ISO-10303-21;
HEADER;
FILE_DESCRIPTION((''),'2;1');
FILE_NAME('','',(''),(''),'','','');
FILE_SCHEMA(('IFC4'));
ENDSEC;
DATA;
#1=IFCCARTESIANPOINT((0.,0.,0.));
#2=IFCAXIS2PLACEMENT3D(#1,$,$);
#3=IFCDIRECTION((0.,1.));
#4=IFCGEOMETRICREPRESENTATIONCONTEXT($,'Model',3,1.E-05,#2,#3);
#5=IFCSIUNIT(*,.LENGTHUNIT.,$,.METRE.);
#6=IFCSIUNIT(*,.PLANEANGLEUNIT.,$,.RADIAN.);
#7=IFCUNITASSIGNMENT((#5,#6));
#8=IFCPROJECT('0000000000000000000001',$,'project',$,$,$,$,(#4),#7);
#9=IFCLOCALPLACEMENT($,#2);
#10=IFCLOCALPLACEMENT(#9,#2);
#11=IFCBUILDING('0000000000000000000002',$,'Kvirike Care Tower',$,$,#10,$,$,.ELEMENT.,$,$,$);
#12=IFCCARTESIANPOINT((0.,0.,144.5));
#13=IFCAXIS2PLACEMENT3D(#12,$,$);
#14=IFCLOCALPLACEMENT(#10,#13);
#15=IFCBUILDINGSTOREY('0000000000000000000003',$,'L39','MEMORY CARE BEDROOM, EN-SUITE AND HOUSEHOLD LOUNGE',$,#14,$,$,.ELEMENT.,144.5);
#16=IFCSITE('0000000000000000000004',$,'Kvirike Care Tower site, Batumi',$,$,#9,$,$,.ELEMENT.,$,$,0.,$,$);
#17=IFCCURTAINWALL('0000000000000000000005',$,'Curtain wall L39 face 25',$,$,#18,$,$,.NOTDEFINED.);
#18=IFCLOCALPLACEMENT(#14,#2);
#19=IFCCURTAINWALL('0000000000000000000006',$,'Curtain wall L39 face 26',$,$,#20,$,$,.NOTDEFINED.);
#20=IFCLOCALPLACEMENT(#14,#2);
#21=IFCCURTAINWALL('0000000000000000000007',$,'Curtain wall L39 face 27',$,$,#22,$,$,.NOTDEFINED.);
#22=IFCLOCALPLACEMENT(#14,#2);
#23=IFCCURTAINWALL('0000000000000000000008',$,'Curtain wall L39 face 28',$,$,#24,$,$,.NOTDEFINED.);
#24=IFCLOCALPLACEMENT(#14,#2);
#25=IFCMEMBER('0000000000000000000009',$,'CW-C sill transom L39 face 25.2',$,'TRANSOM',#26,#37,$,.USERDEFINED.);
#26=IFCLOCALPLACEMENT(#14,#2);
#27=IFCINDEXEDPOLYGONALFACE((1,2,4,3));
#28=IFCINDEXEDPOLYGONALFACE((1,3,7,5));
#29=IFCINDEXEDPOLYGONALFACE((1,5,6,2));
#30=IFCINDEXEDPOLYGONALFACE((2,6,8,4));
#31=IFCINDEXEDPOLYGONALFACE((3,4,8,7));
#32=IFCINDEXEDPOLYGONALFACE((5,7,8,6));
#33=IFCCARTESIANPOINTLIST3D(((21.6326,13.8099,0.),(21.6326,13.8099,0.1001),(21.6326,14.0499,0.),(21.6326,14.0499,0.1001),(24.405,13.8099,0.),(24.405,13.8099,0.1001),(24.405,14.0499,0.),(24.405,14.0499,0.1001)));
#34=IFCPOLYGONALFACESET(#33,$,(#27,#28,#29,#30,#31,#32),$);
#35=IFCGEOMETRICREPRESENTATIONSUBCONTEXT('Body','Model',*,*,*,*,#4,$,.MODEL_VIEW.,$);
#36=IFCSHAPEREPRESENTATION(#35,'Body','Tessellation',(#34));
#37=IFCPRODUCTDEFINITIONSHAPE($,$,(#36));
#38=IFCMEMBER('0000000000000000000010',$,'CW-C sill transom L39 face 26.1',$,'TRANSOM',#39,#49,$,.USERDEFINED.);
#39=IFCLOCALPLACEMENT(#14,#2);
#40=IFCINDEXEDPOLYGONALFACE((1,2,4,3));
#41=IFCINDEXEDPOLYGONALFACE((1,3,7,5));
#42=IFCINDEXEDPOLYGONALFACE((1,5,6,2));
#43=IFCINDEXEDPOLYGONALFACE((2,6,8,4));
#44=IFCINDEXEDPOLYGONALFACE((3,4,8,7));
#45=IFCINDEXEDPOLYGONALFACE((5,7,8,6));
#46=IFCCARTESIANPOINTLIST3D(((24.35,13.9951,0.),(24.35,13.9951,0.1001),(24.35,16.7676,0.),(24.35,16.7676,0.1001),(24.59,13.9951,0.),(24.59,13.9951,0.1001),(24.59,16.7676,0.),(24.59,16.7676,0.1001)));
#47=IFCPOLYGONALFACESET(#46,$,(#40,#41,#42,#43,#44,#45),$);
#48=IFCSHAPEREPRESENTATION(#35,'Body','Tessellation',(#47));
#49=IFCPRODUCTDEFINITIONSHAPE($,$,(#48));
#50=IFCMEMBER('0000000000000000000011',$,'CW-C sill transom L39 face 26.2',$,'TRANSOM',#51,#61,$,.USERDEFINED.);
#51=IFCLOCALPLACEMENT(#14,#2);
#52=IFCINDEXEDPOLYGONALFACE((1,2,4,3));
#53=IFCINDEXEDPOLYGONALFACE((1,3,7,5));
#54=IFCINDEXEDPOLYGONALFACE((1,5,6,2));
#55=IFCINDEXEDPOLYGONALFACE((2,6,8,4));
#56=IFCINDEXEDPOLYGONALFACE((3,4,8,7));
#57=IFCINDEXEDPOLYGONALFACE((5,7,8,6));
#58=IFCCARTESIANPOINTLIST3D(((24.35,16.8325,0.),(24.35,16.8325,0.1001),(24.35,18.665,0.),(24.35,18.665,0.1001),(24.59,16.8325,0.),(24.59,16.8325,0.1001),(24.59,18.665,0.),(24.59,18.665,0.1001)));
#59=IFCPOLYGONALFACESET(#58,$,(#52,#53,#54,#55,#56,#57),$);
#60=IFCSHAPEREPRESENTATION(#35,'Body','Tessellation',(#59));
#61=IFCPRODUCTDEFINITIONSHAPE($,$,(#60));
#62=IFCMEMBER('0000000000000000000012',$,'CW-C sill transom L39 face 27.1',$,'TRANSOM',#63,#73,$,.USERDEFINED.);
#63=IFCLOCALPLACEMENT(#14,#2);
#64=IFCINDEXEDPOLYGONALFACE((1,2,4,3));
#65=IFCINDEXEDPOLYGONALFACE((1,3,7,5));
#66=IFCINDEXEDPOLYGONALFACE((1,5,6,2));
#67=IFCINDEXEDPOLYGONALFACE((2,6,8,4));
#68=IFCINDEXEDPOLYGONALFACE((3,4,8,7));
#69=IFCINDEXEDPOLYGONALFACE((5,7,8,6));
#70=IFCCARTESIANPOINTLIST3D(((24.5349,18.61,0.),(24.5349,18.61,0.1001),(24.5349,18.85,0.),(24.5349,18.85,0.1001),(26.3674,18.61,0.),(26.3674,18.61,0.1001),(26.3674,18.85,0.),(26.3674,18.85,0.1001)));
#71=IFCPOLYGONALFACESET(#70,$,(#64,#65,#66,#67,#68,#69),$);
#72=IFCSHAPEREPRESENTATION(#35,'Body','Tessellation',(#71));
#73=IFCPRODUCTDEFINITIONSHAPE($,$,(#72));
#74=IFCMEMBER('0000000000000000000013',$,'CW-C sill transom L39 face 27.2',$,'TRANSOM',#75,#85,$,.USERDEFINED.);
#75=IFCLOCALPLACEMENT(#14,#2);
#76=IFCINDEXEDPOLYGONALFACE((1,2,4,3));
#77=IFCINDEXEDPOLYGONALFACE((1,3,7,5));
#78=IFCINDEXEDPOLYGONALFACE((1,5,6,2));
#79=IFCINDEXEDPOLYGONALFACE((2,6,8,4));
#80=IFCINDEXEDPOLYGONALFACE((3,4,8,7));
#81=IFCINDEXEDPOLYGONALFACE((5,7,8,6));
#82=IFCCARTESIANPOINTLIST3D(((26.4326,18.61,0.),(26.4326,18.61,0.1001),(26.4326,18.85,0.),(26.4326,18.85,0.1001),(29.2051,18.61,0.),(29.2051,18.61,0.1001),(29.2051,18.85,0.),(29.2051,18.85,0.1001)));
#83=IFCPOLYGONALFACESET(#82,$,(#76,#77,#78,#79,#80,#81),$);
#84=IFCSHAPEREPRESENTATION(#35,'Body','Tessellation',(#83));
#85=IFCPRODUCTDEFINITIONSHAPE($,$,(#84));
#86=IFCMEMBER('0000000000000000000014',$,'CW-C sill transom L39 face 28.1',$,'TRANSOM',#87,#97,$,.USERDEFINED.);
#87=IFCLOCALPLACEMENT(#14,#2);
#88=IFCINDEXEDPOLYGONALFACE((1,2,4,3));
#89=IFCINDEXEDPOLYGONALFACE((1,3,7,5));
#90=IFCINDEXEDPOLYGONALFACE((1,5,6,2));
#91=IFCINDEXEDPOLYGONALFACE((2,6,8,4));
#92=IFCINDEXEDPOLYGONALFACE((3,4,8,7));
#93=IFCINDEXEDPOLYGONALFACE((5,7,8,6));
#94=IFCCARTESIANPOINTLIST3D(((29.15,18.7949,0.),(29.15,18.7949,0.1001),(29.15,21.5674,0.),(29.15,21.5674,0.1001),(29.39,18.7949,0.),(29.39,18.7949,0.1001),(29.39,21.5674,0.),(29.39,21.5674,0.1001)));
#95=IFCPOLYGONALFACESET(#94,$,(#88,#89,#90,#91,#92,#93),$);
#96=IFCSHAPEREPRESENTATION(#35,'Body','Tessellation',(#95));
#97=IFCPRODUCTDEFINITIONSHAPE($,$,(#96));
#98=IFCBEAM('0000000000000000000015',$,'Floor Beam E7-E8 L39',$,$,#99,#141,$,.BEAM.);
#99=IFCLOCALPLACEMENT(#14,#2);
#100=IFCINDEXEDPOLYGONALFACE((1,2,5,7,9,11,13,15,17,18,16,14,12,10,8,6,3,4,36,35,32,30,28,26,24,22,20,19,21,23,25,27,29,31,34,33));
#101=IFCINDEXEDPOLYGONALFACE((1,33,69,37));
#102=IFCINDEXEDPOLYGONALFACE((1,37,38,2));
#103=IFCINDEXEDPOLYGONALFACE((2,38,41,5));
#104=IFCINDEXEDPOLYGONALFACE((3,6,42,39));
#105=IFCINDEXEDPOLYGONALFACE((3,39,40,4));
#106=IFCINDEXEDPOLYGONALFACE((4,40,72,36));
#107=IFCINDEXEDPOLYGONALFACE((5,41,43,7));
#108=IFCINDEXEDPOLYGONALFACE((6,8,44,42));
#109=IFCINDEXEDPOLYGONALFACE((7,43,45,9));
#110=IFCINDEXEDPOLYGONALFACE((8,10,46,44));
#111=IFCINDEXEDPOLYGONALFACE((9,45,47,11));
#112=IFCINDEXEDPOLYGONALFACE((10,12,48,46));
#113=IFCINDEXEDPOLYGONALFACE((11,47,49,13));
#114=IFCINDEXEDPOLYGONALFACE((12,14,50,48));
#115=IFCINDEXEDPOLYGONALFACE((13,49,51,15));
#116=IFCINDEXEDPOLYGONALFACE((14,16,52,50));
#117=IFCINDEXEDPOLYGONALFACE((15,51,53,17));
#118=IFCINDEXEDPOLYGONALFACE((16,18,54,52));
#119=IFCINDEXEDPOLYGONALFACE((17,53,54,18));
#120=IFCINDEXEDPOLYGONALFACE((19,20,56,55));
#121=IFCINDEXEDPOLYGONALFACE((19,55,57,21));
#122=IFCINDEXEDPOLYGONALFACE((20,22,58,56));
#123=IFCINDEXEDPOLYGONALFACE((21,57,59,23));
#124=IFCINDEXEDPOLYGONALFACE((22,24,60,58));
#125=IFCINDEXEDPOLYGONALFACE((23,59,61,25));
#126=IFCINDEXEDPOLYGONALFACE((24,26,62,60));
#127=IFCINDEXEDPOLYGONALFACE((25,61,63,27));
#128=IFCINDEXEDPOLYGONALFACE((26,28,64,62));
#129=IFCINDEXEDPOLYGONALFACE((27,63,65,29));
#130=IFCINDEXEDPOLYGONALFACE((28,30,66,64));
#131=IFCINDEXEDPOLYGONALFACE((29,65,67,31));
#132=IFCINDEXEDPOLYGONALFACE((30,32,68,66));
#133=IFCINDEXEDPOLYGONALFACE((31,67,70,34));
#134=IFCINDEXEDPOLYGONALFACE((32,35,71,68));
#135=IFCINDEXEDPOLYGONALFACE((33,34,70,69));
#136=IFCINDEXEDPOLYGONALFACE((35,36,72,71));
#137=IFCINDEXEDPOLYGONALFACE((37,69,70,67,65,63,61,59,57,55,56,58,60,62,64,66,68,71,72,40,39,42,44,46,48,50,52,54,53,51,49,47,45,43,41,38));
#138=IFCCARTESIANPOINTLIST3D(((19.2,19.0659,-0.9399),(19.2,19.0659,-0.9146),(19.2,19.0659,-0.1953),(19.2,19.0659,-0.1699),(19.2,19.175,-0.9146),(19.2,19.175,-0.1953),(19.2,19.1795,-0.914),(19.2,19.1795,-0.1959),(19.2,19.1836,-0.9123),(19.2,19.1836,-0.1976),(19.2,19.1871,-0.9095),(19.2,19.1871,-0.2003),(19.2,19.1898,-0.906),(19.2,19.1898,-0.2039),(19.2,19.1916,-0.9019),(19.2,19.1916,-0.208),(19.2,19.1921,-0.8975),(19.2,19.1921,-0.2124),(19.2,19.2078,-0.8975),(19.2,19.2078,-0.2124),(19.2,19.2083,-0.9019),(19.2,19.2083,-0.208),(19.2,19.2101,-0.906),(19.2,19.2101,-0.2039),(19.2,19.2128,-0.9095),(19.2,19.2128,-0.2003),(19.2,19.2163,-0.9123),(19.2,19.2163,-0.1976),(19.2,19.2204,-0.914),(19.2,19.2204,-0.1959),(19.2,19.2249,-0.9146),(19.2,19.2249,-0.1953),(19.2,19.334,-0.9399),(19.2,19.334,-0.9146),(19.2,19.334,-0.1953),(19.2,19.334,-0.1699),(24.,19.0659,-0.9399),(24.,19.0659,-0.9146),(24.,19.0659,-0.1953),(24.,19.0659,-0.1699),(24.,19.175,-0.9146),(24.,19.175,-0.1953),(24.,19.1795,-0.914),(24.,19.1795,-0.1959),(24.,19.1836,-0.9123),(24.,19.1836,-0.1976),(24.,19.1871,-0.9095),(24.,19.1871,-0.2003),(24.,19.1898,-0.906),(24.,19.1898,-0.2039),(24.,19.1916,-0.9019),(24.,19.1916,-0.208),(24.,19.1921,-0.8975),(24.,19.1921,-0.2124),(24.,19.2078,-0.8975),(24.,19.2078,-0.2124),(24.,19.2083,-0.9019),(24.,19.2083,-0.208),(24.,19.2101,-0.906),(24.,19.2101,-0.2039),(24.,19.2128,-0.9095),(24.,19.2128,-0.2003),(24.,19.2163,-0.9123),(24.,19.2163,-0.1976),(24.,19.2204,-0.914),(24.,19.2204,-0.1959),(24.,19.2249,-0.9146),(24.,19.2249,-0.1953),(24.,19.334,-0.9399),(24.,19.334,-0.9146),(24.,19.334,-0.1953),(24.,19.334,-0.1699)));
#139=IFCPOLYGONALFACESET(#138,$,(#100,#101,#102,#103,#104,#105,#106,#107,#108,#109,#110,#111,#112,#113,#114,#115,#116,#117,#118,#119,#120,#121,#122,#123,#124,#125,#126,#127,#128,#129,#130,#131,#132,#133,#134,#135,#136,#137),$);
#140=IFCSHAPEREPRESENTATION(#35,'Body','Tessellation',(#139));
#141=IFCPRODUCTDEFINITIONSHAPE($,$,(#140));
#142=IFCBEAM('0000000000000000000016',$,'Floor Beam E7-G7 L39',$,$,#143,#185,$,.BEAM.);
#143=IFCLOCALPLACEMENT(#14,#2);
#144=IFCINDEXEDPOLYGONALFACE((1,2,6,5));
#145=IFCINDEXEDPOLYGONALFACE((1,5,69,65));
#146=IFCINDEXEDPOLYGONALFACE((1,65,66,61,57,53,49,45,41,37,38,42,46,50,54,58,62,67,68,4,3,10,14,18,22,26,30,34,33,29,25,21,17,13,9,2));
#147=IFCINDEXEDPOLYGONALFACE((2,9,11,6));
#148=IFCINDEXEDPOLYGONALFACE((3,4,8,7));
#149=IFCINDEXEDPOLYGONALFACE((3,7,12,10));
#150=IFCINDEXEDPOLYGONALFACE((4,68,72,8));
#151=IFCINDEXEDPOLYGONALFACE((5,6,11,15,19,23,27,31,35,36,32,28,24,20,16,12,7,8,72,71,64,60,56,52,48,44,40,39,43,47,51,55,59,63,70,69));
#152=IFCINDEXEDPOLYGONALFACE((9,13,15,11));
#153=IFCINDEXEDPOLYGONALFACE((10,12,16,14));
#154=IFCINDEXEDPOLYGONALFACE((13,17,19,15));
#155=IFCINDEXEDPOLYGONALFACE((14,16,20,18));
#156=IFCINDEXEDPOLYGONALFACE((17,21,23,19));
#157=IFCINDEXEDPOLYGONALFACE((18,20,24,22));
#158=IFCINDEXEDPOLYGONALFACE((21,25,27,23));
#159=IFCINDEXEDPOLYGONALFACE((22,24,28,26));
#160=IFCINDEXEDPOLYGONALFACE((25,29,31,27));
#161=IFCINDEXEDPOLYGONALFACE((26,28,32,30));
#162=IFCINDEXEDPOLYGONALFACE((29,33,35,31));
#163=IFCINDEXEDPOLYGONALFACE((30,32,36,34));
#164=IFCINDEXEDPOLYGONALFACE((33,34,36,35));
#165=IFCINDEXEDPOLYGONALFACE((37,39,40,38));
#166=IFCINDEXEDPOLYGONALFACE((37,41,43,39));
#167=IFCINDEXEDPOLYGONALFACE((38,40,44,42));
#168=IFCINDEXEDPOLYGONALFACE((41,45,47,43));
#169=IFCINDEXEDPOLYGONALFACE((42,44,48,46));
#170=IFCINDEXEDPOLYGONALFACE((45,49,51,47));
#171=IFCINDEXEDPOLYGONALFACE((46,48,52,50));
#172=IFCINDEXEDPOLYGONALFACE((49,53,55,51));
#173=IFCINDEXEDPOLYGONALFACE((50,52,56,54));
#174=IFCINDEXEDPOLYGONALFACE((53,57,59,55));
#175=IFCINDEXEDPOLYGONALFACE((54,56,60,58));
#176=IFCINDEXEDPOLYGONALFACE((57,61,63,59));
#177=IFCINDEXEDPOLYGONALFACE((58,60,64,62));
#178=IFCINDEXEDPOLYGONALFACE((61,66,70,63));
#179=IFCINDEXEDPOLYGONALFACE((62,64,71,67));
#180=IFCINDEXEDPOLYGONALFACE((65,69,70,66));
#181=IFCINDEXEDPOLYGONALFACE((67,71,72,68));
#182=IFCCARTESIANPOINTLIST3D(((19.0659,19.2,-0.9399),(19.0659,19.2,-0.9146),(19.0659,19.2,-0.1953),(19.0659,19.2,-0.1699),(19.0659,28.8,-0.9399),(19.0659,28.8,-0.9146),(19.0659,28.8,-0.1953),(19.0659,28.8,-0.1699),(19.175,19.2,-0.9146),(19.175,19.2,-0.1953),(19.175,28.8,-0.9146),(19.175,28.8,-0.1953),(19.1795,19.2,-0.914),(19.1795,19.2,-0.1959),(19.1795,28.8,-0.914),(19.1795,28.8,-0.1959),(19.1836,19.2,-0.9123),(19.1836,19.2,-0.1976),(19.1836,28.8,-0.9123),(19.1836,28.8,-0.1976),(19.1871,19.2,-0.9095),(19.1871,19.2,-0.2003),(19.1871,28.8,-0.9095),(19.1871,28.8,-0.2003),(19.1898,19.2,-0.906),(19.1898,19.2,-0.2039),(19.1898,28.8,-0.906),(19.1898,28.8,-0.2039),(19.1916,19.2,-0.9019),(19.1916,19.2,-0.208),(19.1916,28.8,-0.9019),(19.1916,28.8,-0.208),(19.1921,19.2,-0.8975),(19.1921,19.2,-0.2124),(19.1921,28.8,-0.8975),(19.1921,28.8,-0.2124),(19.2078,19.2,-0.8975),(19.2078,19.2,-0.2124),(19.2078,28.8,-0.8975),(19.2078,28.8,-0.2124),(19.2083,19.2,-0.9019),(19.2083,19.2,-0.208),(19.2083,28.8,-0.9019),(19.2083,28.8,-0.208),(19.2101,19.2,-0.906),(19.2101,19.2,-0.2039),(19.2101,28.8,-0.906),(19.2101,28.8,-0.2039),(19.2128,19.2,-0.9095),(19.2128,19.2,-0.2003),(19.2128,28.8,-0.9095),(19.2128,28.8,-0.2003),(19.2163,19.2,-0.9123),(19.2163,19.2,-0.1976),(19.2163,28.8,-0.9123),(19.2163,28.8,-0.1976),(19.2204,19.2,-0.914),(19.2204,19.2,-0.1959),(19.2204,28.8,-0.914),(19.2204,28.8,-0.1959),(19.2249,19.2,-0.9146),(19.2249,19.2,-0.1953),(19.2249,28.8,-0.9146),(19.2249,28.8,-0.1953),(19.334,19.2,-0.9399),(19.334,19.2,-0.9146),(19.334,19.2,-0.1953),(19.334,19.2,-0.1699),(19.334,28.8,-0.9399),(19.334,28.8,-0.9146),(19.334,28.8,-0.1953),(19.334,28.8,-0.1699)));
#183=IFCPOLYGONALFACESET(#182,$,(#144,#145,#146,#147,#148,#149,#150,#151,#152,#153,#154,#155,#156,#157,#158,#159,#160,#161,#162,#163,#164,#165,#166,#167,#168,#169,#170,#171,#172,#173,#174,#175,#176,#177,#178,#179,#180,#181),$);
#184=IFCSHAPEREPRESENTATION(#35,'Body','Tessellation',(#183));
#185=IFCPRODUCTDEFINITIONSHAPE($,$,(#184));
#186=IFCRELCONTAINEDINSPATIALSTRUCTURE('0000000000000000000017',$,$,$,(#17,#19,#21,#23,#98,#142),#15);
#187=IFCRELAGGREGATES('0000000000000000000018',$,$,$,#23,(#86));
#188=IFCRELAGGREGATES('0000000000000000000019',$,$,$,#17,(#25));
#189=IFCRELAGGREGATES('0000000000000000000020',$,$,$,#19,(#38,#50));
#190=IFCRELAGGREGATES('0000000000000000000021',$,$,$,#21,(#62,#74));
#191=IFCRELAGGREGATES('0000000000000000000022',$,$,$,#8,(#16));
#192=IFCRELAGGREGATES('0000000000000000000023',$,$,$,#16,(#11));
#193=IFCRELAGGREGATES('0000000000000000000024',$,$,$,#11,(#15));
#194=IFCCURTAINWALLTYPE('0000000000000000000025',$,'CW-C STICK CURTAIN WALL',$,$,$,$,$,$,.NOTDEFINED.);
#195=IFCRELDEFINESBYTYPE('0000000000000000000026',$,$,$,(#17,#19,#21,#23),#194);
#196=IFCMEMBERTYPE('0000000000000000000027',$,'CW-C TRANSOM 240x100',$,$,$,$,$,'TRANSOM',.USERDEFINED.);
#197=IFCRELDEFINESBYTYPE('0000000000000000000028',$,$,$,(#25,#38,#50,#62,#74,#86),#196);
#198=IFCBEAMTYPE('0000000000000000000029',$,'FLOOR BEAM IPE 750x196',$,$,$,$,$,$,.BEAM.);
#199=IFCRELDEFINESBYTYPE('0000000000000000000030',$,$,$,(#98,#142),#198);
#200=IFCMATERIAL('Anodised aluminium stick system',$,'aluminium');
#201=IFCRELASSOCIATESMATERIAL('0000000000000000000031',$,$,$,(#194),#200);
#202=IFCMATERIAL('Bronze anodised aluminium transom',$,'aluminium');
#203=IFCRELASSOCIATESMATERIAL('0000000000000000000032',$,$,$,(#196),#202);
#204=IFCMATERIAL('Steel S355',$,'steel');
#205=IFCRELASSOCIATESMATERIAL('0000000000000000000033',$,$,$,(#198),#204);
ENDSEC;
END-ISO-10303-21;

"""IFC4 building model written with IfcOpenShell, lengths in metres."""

from ifc_helpers import new_model, si_unit, direction, frame, origin, origin_2d, place, context, subcontext, project, spatial, rectangle, i_section, extrude, material, material_profile, profile_set, type_object, element, aggregate, save


model = new_model("IFC4")

# Units and contexts
model_context = context("Model", 3, precision=1e-05, world=origin(), true_north=direction((0.0, 1.0)))
body_context = subcontext(model_context, "Body", "Model", "MODEL_VIEW")
ifc_project = project(units=[si_unit("LENGTHUNIT", "METRE"), si_unit("PLANEANGLEUNIT", "RADIAN")], contexts=[model_context])

# Site, building, storey
site_placement = place(None, origin())
site = spatial("IfcSite", under=ifc_project, at=site_placement, Name="Kvirike Care Tower site, Batumi", CompositionType="ELEMENT", RefElevation=0.0)
building_placement = place(site_placement, origin())
building = spatial("IfcBuilding", under=site, at=building_placement, Name="Kvirike Care Tower", CompositionType="ELEMENT")
storey_placement = place(building_placement, frame((0.0, 0.0, 144.5)))
storey = spatial("IfcBuildingStorey", under=building, at=storey_placement, Name="L39", Description="MEMORY CARE BEDROOM, EN-SUITE AND HOUSEHOLD LOUNGE", CompositionType="ELEMENT", Elevation=144.5)

# Curtain walls
ifc_material_1 = material(Name="Anodised aluminium stick system", Category="aluminium")
curtain_wall_type = type_object("IfcCurtainWallType", Name="CW-C STICK CURTAIN WALL", PredefinedType="NOTDEFINED", material=ifc_material_1)
curtain_wall_1_placement = place(storey_placement, origin())
curtain_wall_1 = element("IfcCurtainWall", 1, at=curtain_wall_1_placement, inside=storey, type_object=curtain_wall_type, Name="Curtain wall L39 face 25", PredefinedType="NOTDEFINED")
curtain_wall_2_placement = place(storey_placement, origin())
curtain_wall_2 = element("IfcCurtainWall", 2, at=curtain_wall_2_placement, inside=storey, type_object=curtain_wall_type, Name="Curtain wall L39 face 26", PredefinedType="NOTDEFINED")
curtain_wall_3_placement = place(storey_placement, origin())
curtain_wall_3 = element("IfcCurtainWall", 3, at=curtain_wall_3_placement, inside=storey, type_object=curtain_wall_type, Name="Curtain wall L39 face 27", PredefinedType="NOTDEFINED")

# Curtain wall
curtain_wall_4_placement = place(storey_placement, origin())
curtain_wall_4 = element("IfcCurtainWall", 4, at=curtain_wall_4_placement, inside=storey, type_object=curtain_wall_type, Name="Curtain wall L39 face 28", PredefinedType="NOTDEFINED")

# Members
ifc_material_2 = material(Name="Bronze anodised aluminium transom", Category="aluminium")
ifc_material_profile_1 = material_profile(ifc_material_2, rectangle(XDim=0.24, YDim=0.1001, at=origin_2d()), Name="CW-C TRANSOM 240x100")
ifc_profile_set_1 = profile_set([ifc_material_profile_1], Name="Bronze anodised aluminium transom")
member_type_1 = type_object("IfcMemberType", Name="CW-C TRANSOM 240x100", ElementType="TRANSOM", PredefinedType="USERDEFINED", material=ifc_profile_set_1)
member_1_placement = place(storey_placement, frame((21.6326, 13.9299, 0.05), z_axis=(1.0, 0.0, 0.0), x_axis=(0.0, 1.0, 0.0)))
member_1 = element("IfcMember", 5, at=member_1_placement, type_object=member_type_1, Name="CW-C sill transom L39 face 25.2", ObjectType="TRANSOM", PredefinedType="USERDEFINED", context=body_context, shape_type="SweptSolid", body=[
    extrude(rectangle(XDim=0.24, YDim=0.1001, at=origin_2d()), origin(), (0.0, 0.0, 1.0), 2.7725),
])
member_2_placement = place(storey_placement, frame((24.47, 13.9951, 0.05), z_axis=(0.0, 1.0, 0.0), x_axis=(-1.0, 0.0, 0.0)))
member_2 = element("IfcMember", 6, at=member_2_placement, type_object=member_type_1, Name="CW-C sill transom L39 face 26.1", ObjectType="TRANSOM", PredefinedType="USERDEFINED", context=body_context, shape_type="SweptSolid", body=[
    extrude(rectangle(XDim=0.24, YDim=0.1001, at=origin_2d()), origin(), (0.0, 0.0, 1.0), 2.7725),
])
member_3_placement = place(storey_placement, frame((24.47, 16.8325, 0.05), z_axis=(0.0, 1.0, 0.0), x_axis=(-1.0, 0.0, 0.0)))
member_3 = element("IfcMember", 7, at=member_3_placement, type_object=member_type_1, Name="CW-C sill transom L39 face 26.2", ObjectType="TRANSOM", PredefinedType="USERDEFINED", context=body_context, shape_type="SweptSolid", body=[
    extrude(rectangle(XDim=0.24, YDim=0.1001, at=origin_2d()), origin(), (0.0, 0.0, 1.0), 1.8325),
])
member_4_placement = place(storey_placement, frame((24.5349, 18.73, 0.05), z_axis=(1.0, 0.0, 0.0), x_axis=(0.0, 1.0, 0.0)))
member_4 = element("IfcMember", 8, at=member_4_placement, type_object=member_type_1, Name="CW-C sill transom L39 face 27.1", ObjectType="TRANSOM", PredefinedType="USERDEFINED", context=body_context, shape_type="SweptSolid", body=[
    extrude(rectangle(XDim=0.24, YDim=0.1001, at=origin_2d()), origin(), (0.0, 0.0, 1.0), 1.8325),
])
member_5_placement = place(storey_placement, frame((26.4326, 18.73, 0.05), z_axis=(1.0, 0.0, 0.0), x_axis=(0.0, 1.0, 0.0)))
member_5 = element("IfcMember", 9, at=member_5_placement, type_object=member_type_1, Name="CW-C sill transom L39 face 27.2", ObjectType="TRANSOM", PredefinedType="USERDEFINED", context=body_context, shape_type="SweptSolid", body=[
    extrude(rectangle(XDim=0.24, YDim=0.1001, at=origin_2d()), origin(), (0.0, 0.0, 1.0), 2.7725),
])
member_6_placement = place(storey_placement, frame((29.27, 18.7949, 0.05), z_axis=(0.0, 1.0, 0.0), x_axis=(-1.0, 0.0, 0.0)))
member_6 = element("IfcMember", 10, at=member_6_placement, type_object=member_type_1, Name="CW-C sill transom L39 face 28.1", ObjectType="TRANSOM", PredefinedType="USERDEFINED", context=body_context, shape_type="SweptSolid", body=[
    extrude(rectangle(XDim=0.24, YDim=0.1001, at=origin_2d()), origin(), (0.0, 0.0, 1.0), 2.7725),
])
aggregate(curtain_wall_4, [member_6])

# Beams
ifc_material_3 = material(Name="Steel S355", Category="steel")
ifc_material_profile_2 = material_profile(ifc_material_3, i_section(OverallWidth=0.2681, OverallDepth=0.77, WebThickness=0.0156, FlangeThickness=0.0254, FilletRadius=0.0171, at=origin_2d()), Name="IPE 750x196")
ifc_profile_set_2 = profile_set([ifc_material_profile_2], Name="Steel S355")
beam_type_1 = type_object("IfcBeamType", Name="FLOOR BEAM IPE 750x196", PredefinedType="BEAM", material=ifc_profile_set_2)
beam_1_placement = place(storey_placement, frame((19.2, 19.2, -0.5549), z_axis=(1.0, 0.0, 0.0), x_axis=(0.0, 1.0, 0.0)))
element("IfcBeam", 11, at=beam_1_placement, inside=storey, type_object=beam_type_1, Name="Floor Beam E7-E8 L39", PredefinedType="BEAM", context=body_context, shape_type="SweptSolid", body=[
    extrude(i_section(OverallWidth=0.2681, OverallDepth=0.77, WebThickness=0.0156, FlangeThickness=0.0254, FilletRadius=0.0171, at=origin_2d()), origin(), (0.0, 0.0, 1.0), 4.8),
])
beam_2_placement = place(storey_placement, frame((19.2, 19.2, -0.5549), z_axis=(0.0, 1.0, 0.0), x_axis=(-1.0, 0.0, 0.0)))
element("IfcBeam", 12, at=beam_2_placement, inside=storey, type_object=beam_type_1, Name="Floor Beam E7-G7 L39", PredefinedType="BEAM", context=body_context, shape_type="SweptSolid", body=[
    extrude(i_section(OverallWidth=0.2681, OverallDepth=0.77, WebThickness=0.0156, FlangeThickness=0.0254, FilletRadius=0.0171, at=origin_2d()), origin(), (0.0, 0.0, 1.0), 9.6001),
])

aggregate(curtain_wall_1, [member_1])
aggregate(curtain_wall_2, [member_2, member_3])
aggregate(curtain_wall_3, [member_4, member_5])

save(model, "model.ifc")
